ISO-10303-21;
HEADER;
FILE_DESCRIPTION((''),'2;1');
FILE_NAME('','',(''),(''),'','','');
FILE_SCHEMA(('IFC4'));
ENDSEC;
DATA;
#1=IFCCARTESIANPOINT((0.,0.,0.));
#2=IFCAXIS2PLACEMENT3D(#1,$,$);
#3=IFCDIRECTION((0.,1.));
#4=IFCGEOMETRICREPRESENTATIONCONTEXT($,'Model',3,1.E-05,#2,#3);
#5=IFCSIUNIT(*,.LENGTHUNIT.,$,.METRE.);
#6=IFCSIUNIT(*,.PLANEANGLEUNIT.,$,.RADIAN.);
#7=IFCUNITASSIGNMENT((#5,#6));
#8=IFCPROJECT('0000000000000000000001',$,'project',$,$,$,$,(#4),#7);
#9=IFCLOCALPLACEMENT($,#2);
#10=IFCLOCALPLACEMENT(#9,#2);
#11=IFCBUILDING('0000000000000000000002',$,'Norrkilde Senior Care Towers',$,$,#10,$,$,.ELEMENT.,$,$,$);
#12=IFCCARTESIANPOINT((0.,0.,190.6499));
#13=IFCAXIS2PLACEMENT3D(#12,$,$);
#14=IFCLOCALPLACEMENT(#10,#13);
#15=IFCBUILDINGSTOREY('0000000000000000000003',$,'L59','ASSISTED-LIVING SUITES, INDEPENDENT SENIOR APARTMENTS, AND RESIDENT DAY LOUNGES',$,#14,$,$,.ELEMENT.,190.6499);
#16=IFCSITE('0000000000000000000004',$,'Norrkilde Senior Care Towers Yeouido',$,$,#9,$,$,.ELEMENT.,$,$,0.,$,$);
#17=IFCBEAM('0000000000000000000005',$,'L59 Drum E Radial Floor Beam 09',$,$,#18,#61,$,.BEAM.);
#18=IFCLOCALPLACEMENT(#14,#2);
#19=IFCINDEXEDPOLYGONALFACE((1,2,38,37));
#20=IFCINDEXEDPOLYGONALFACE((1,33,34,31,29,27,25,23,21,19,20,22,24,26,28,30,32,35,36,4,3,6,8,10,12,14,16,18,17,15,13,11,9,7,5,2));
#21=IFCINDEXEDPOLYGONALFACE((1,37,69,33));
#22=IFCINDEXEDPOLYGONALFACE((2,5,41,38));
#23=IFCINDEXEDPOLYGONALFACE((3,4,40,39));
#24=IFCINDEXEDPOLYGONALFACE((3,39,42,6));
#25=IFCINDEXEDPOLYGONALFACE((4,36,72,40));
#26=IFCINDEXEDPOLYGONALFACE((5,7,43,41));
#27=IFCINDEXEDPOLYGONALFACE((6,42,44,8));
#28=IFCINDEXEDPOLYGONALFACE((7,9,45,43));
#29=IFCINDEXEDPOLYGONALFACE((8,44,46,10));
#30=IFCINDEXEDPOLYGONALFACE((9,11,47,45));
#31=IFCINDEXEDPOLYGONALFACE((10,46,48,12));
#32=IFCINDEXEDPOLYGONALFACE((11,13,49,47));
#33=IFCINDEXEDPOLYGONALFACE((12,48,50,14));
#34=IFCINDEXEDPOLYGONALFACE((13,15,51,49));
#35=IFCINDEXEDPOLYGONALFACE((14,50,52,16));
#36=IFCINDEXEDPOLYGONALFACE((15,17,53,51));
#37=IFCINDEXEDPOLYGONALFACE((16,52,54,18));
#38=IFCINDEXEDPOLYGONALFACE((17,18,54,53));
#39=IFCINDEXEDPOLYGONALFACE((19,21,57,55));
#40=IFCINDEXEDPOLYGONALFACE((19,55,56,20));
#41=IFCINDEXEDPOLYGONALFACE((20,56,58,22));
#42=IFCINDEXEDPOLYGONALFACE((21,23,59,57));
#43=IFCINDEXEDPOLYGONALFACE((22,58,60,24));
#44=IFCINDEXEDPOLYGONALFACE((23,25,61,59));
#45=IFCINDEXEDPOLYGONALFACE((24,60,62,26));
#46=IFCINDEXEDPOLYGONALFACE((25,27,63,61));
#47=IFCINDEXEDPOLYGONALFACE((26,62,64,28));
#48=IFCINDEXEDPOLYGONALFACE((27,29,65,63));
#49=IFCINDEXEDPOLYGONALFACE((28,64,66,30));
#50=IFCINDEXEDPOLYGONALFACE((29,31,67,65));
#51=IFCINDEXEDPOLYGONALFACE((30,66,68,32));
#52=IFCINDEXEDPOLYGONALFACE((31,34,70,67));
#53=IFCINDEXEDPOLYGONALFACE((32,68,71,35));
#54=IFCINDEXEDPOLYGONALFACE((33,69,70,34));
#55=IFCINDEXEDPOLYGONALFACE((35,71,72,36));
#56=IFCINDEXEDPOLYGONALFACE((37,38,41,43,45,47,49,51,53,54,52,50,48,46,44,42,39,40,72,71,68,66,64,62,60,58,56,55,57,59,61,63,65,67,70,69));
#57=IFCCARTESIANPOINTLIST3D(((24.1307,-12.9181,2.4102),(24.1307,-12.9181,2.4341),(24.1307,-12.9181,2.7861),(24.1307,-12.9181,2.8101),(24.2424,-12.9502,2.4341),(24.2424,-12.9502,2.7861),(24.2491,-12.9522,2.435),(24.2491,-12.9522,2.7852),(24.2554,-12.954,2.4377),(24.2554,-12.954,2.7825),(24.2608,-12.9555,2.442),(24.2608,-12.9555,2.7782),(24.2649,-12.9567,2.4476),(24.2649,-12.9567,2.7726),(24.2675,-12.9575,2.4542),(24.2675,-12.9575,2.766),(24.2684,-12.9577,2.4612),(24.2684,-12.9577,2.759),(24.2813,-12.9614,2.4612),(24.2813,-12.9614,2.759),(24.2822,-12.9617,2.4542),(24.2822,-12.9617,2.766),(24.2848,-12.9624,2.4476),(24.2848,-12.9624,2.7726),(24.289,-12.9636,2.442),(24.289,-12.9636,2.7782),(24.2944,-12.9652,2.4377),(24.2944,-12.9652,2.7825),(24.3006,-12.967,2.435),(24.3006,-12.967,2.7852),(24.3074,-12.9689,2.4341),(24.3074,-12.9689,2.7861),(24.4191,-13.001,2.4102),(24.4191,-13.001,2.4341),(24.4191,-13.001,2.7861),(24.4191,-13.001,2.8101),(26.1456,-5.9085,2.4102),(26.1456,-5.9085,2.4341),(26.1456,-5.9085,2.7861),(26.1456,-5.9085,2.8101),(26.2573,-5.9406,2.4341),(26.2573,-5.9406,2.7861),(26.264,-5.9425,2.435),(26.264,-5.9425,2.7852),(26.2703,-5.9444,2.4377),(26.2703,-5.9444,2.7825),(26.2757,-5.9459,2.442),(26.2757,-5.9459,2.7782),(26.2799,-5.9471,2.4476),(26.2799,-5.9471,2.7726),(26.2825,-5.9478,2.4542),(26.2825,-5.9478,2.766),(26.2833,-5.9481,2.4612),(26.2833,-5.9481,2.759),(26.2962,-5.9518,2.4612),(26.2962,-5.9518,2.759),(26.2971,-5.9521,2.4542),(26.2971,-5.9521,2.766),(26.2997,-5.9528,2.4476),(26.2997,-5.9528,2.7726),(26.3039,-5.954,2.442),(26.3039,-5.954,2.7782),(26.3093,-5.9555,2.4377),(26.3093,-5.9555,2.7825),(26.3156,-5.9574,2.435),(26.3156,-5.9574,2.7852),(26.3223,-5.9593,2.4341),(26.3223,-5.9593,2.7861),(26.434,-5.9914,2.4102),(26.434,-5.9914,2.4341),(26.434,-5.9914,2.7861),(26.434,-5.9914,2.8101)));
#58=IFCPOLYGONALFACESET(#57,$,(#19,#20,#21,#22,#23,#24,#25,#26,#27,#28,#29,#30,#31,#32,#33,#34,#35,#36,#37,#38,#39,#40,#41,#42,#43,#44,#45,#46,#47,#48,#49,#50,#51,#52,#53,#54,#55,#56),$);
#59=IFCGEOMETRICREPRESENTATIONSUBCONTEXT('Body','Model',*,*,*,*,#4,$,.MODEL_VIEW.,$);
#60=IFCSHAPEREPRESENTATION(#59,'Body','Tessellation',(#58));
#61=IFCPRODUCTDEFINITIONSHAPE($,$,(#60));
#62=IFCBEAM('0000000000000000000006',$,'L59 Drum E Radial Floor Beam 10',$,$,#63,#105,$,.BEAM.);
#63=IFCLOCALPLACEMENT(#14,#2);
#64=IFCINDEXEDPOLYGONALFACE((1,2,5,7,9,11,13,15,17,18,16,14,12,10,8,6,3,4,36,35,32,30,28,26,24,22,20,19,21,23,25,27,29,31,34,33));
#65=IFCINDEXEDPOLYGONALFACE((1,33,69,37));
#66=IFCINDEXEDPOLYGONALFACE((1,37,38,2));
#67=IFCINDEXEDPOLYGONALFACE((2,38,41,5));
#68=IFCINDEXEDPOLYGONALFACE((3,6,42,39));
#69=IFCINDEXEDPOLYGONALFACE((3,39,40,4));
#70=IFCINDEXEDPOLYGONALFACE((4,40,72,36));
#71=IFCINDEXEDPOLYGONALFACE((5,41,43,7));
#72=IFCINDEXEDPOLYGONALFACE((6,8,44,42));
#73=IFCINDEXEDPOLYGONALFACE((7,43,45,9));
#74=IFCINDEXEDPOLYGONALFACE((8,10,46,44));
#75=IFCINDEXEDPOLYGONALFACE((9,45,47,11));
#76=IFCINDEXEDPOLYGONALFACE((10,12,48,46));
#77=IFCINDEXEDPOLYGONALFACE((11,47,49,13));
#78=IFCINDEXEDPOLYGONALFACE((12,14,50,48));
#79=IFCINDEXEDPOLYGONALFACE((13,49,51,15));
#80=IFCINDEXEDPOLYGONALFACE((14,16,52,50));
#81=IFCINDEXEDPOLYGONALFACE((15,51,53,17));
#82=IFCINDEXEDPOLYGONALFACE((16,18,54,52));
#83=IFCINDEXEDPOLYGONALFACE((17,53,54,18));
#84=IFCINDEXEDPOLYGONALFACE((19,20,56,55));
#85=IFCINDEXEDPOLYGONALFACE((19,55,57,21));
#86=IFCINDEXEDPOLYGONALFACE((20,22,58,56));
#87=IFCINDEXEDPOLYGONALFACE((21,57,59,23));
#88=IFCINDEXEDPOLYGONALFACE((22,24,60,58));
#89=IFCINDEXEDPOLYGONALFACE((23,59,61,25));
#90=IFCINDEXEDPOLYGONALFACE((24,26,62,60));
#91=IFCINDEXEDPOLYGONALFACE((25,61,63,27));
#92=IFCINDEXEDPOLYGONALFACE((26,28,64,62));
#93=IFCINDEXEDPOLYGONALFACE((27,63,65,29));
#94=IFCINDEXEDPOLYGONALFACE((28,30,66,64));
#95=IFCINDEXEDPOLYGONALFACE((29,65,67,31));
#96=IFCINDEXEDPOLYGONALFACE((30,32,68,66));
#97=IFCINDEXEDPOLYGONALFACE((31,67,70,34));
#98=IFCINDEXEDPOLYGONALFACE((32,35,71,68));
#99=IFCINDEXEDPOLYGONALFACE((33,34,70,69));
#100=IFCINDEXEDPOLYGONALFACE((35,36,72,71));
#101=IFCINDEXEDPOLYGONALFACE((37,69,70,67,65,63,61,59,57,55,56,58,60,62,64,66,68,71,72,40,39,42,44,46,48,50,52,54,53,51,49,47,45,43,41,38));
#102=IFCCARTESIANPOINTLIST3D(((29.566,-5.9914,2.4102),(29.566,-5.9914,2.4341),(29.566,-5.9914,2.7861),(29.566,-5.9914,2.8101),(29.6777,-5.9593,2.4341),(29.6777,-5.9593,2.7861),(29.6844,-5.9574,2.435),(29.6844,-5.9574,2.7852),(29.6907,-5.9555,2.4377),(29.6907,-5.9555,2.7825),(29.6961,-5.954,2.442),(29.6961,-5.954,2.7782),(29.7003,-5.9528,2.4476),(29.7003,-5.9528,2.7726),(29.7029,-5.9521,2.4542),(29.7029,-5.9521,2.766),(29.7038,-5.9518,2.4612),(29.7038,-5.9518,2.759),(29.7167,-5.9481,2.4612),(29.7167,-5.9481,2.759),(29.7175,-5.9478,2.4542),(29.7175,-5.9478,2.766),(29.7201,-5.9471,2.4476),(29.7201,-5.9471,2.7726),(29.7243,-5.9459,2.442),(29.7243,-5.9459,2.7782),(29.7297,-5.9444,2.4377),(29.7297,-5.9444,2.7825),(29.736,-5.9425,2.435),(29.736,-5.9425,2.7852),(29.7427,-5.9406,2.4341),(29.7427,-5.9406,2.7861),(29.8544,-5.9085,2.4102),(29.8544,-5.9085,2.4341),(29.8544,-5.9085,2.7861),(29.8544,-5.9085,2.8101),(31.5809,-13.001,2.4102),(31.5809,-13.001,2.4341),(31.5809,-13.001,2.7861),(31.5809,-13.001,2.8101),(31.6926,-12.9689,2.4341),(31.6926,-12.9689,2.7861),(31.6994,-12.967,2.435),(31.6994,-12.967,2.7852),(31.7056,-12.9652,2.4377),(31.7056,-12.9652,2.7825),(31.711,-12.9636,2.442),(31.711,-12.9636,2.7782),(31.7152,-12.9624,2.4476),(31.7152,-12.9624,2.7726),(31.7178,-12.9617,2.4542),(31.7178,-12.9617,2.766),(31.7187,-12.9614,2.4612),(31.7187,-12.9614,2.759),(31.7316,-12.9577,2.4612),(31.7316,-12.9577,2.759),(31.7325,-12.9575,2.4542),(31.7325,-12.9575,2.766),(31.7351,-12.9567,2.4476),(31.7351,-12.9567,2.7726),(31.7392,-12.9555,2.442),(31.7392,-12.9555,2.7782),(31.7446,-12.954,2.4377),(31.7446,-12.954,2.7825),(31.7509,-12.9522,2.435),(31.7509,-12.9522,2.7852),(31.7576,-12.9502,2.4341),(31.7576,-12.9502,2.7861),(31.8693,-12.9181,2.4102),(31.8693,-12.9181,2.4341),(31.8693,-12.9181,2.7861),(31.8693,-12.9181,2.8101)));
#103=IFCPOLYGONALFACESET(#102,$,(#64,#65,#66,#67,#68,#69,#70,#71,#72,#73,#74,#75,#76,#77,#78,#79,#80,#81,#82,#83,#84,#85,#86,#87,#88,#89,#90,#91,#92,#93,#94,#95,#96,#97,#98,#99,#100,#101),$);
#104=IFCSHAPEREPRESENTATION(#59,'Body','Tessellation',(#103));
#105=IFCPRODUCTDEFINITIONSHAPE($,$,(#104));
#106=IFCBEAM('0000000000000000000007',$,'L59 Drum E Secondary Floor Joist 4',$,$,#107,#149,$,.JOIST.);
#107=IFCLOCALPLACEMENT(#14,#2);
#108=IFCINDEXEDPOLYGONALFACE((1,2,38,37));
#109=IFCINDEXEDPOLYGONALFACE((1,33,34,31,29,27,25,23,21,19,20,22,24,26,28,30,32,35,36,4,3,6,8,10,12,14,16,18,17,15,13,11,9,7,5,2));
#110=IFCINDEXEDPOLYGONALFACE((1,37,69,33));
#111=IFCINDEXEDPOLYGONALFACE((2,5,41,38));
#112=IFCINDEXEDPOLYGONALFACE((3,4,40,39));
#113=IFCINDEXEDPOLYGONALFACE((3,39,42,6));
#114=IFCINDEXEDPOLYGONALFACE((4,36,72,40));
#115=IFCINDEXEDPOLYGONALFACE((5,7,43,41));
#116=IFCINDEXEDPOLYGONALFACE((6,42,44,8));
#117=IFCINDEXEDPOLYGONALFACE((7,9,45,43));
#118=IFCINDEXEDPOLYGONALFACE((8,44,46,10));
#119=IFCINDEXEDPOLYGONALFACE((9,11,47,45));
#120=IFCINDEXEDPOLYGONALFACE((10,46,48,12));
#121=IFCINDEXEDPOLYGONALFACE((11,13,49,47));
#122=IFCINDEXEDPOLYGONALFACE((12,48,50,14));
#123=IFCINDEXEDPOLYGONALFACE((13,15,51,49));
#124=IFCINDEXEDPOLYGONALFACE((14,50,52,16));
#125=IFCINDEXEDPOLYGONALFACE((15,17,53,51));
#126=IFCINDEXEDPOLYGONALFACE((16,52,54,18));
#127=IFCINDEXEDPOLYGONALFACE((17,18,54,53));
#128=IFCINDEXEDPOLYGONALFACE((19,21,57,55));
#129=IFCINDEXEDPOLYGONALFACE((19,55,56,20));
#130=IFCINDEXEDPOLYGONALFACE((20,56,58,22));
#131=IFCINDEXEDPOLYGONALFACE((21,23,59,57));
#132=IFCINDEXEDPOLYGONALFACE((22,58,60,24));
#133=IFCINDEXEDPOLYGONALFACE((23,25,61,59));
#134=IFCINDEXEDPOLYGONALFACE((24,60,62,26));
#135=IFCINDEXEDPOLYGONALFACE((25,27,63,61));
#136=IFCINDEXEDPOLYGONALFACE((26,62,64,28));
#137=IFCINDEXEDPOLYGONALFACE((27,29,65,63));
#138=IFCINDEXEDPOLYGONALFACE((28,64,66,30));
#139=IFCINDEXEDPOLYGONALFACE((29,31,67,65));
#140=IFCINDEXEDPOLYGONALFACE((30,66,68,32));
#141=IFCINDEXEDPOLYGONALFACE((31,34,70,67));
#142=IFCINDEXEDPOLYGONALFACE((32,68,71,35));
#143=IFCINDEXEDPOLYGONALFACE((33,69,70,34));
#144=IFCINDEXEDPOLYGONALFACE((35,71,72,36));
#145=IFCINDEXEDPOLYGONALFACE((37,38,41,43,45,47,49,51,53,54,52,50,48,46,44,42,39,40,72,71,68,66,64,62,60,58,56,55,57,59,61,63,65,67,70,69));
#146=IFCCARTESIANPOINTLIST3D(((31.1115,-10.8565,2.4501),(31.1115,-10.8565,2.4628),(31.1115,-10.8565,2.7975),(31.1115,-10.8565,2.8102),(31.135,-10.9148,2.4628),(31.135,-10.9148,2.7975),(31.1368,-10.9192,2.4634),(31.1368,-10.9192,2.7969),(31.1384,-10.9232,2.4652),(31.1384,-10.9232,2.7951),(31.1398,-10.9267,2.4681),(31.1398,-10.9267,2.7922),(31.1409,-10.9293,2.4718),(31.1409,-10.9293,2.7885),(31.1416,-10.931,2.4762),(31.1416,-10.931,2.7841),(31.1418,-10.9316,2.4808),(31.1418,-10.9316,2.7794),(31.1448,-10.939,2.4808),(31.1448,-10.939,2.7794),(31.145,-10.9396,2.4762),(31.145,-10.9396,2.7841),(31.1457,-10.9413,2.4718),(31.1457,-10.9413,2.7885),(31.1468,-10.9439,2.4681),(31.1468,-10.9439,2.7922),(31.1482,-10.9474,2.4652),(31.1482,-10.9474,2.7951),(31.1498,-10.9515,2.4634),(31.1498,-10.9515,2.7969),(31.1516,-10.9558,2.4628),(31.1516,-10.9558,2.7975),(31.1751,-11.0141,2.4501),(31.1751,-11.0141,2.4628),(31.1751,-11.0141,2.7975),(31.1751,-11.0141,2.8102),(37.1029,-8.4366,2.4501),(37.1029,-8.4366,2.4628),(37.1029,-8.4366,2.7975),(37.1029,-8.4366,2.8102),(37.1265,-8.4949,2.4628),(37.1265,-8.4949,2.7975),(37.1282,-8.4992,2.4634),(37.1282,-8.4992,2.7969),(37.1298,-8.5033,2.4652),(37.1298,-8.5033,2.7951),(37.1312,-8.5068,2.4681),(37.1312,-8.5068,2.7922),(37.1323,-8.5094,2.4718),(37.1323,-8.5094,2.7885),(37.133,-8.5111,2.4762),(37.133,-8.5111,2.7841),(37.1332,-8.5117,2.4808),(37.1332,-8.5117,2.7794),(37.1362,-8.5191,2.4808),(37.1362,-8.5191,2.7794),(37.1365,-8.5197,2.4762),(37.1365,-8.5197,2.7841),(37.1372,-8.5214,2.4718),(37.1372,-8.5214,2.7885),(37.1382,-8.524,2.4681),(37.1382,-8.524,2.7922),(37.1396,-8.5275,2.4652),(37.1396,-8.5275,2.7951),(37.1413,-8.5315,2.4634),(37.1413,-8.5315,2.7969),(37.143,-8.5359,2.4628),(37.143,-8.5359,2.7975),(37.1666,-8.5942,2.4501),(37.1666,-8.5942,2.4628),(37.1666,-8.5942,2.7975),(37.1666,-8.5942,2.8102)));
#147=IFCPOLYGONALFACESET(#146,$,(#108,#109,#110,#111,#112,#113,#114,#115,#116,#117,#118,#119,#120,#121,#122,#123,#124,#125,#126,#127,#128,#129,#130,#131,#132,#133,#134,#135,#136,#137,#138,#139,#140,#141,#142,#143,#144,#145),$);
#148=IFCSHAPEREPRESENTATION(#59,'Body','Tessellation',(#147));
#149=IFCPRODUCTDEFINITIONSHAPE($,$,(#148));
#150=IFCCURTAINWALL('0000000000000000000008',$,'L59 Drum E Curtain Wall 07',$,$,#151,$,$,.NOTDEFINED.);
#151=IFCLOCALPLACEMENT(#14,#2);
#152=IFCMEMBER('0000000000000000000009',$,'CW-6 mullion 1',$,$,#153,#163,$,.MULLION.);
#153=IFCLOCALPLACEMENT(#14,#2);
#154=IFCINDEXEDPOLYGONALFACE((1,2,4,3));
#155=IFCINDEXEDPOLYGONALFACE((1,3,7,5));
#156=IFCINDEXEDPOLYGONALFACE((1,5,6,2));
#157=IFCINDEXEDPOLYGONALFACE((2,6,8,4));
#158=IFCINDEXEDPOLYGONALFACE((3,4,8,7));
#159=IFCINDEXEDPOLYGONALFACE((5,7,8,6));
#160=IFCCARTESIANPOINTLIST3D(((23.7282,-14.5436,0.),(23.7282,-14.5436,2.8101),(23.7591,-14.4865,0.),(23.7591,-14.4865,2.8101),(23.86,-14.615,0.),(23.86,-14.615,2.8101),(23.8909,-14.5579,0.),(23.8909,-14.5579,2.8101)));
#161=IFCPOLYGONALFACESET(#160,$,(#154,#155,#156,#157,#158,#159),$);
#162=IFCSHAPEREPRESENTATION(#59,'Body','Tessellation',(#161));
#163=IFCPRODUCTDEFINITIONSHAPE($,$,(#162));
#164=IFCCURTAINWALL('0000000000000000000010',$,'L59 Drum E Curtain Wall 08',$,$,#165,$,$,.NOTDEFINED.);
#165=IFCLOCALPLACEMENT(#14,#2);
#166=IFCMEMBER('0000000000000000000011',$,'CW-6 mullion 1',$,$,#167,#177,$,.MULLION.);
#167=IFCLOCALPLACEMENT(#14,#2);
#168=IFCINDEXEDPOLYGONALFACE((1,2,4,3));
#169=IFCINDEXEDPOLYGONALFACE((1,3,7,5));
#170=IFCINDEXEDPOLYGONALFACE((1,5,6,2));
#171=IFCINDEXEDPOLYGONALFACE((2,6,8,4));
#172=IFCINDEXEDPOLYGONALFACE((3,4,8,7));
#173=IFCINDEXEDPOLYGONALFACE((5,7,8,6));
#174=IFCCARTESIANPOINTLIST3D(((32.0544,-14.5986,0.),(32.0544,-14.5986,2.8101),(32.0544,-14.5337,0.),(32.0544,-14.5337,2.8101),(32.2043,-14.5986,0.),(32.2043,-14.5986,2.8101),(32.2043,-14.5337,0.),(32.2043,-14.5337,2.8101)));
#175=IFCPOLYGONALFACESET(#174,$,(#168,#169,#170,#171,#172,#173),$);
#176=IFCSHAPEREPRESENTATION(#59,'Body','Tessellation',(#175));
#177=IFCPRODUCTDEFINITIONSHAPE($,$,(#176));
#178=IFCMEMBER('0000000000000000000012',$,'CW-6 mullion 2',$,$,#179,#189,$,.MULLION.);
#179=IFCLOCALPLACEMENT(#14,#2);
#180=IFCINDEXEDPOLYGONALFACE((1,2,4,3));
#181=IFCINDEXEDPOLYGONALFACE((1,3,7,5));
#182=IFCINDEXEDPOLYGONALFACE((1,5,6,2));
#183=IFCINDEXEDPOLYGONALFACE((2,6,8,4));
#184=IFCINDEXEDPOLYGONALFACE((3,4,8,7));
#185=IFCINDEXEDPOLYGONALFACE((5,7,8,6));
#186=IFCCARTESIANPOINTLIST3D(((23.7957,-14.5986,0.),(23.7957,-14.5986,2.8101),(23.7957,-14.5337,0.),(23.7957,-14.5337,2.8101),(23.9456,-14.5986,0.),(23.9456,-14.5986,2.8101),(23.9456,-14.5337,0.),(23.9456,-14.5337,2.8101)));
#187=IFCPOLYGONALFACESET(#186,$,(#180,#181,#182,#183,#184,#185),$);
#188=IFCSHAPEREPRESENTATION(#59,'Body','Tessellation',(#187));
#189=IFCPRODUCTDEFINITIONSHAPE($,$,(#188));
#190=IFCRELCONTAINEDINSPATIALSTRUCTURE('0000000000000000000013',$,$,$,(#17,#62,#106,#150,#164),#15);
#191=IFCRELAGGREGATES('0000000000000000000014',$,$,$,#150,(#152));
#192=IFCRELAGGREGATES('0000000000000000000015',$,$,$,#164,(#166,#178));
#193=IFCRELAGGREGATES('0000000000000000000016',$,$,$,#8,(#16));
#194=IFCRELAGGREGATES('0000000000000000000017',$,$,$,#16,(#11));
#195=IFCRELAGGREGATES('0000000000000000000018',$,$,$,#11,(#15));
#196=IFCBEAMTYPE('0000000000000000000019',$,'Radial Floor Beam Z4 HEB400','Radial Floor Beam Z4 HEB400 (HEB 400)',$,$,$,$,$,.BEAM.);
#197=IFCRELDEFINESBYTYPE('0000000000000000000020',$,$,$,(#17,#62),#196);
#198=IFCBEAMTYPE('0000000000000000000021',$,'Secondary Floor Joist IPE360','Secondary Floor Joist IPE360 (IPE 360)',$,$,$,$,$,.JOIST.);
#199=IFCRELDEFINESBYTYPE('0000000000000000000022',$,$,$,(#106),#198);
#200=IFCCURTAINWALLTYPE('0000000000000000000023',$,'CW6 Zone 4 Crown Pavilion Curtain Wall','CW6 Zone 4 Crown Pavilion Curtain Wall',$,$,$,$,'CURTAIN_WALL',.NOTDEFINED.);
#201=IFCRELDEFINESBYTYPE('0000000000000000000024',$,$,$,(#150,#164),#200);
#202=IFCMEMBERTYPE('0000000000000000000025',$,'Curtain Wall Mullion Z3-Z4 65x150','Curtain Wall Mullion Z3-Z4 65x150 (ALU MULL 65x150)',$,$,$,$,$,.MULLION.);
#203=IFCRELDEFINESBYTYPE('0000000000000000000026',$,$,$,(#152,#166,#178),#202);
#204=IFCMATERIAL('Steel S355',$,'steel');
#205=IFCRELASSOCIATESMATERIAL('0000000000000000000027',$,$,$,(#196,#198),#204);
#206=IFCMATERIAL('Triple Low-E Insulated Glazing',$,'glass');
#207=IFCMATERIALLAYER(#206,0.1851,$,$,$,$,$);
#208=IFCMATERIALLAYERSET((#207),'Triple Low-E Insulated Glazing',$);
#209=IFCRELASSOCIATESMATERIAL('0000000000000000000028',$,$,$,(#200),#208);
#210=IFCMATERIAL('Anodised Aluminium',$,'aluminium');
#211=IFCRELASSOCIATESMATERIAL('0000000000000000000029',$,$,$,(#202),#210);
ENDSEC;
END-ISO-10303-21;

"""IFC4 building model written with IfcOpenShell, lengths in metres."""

from ifc_helpers import new_model, si_unit, direction, frame, origin, origin_2d, place, context, subcontext, project, spatial, rectangle, i_section, extrude, source, transform, mapped, material, layer, layer_set, material_profile, profile_set, type_object, type_shapes, element, aggregate, save


model = new_model("IFC4")

# Units and contexts
model_context = context("Model", 3, precision=1e-05, world=origin(), true_north=direction((0.0, 1.0)))
body_context = subcontext(model_context, "Body", "Model", "MODEL_VIEW")
ifc_project = project(units=[si_unit("LENGTHUNIT", "METRE"), si_unit("PLANEANGLEUNIT", "RADIAN")], contexts=[model_context])

# Site, building, storey
site_placement = place(None, origin())
site = spatial("IfcSite", under=ifc_project, at=site_placement, Name="Norrkilde Senior Care Towers Yeouido", CompositionType="ELEMENT", RefElevation=0.0)
building_placement = place(site_placement, origin())
building = spatial("IfcBuilding", under=site, at=building_placement, Name="Norrkilde Senior Care Towers", CompositionType="ELEMENT")
storey_placement = place(building_placement, frame((0.0, 0.0, 190.6499)))
storey = spatial("IfcBuildingStorey", under=building, at=storey_placement, Name="L59", Description="ASSISTED-LIVING SUITES, INDEPENDENT SENIOR APARTMENTS, AND RESIDENT DAY LOUNGES", CompositionType="ELEMENT", Elevation=190.6499)

# Beams
ifc_material_1 = material(Name="Steel S355", Category="steel")
ifc_material_profile_1 = material_profile(ifc_material_1, i_section(OverallWidth=0.3, OverallDepth=0.3999, WebThickness=0.0134, FlangeThickness=0.0239, FilletRadius=0.0271, at=origin_2d()), Name="HEB 400")
ifc_profile_set_1 = profile_set([ifc_material_profile_1], Name="Steel S355")
beam_type_1 = type_object("IfcBeamType", Name="Radial Floor Beam Z4 HEB400", Description="Radial Floor Beam Z4 HEB400 (HEB 400)", PredefinedType="BEAM", material=ifc_profile_set_1)
shared_shape_1 = source(origin(), body_context, "Body", "SweptSolid", [
    extrude(i_section(OverallWidth=0.3, OverallDepth=0.3999, WebThickness=0.0134, FlangeThickness=0.0239, FilletRadius=0.0271, at=origin_2d()), origin(), (0.0, 0.0, 1.0), 7.2935),
])
type_shapes(beam_type_1, [shared_shape_1])
for number, where, z_axis, x_axis, name in (
    (1, (26.2898, -5.95, 2.6101), (-0.276264, -0.961082, 0.0), (0.961082, -0.276264, 0.0), "L59 Drum E Radial Floor Beam 09"),
    (2, (29.7102, -5.95, 2.6101), (0.276264, -0.961082, 0.0), (0.961082, 0.276264, 0.0), "L59 Drum E Radial Floor Beam 10"),
):
    element("IfcBeam", number, at=place(storey_placement, frame(where, z_axis=z_axis, x_axis=x_axis)), inside=storey, type_object=beam_type_1, Name=name, PredefinedType="BEAM", context=body_context, shape_type="MappedRepresentation", body=[
        mapped(shared_shape_1, transform((0.0, 0.0, 0.0), x_axis=(1.0, 0.0, 0.0), y_axis=(0.0, 1.0, 0.0), z_axis=(0.0, 0.0, 1.0), scale=1.0)),
    ])
ifc_material_profile_2 = material_profile(ifc_material_1, i_section(OverallWidth=0.1699, OverallDepth=0.3601, WebThickness=0.0081, FlangeThickness=0.0127, FilletRadius=0.0181, at=origin_2d()), Name="IPE 360")
ifc_profile_set_2 = profile_set([ifc_material_profile_2], Name="Steel S355")
beam_type_2 = type_object("IfcBeamType", Name="Secondary Floor Joist IPE360", Description="Secondary Floor Joist IPE360 (IPE 360)", PredefinedType="JOIST", material=ifc_profile_set_2)
shared_shape_2 = source(origin(), body_context, "Body", "SweptSolid", [
    extrude(i_section(OverallWidth=0.1699, OverallDepth=0.3601, WebThickness=0.0081, FlangeThickness=0.0127, FilletRadius=0.0181, at=origin_2d()), origin(), (0.0, 0.0, 1.0), 6.4617),
])
type_shapes(beam_type_2, [shared_shape_2])
beam_1_placement = place(storey_placement, frame((31.1433, -10.9353, 2.6301), z_axis=(0.927226, 0.374502, 0.0), x_axis=(-0.374502, 0.927226, 0.0)))
element("IfcBeam", 3, at=beam_1_placement, inside=storey, type_object=beam_type_2, Name="L59 Drum E Secondary Floor Joist 4", PredefinedType="JOIST", context=body_context, shape_type="MappedRepresentation", body=[
    mapped(shared_shape_2, transform((0.0, 0.0, 0.0), x_axis=(1.0, 0.0, 0.0), y_axis=(0.0, 1.0, 0.0), z_axis=(0.0, 0.0, 1.0), scale=1.0)),
])

# Curtain wall, member
ifc_material_2 = material(Name="Triple Low-E Insulated Glazing", Category="glass")
ifc_layer_1 = layer(ifc_material_2, 0.1851)
ifc_layer_set_1 = layer_set([ifc_layer_1], Name="Triple Low-E Insulated Glazing")
curtain_wall_type = type_object("IfcCurtainWallType", Name="CW6 Zone 4 Crown Pavilion Curtain Wall", Description="CW6 Zone 4 Crown Pavilion Curtain Wall", ElementType="CURTAIN_WALL", PredefinedType="NOTDEFINED", material=ifc_layer_set_1)
curtain_wall_1_placement = place(storey_placement, origin())
curtain_wall_1 = element("IfcCurtainWall", 4, at=curtain_wall_1_placement, inside=storey, type_object=curtain_wall_type, Name="L59 Drum E Curtain Wall 07", PredefinedType="NOTDEFINED")
ifc_material_3 = material(Name="Anodised Aluminium", Category="aluminium")
ifc_material_profile_3 = material_profile(ifc_material_3, rectangle(XDim=0.0649, YDim=0.1499, at=origin_2d()), Name="ALU MULL 65x150")
ifc_profile_set_3 = profile_set([ifc_material_profile_3], Name="Anodised Aluminium")
member_type_1 = type_object("IfcMemberType", Name="Curtain Wall Mullion Z3-Z4 65x150", Description="Curtain Wall Mullion Z3-Z4 65x150 (ALU MULL 65x150)", PredefinedType="MULLION", material=ifc_profile_set_3)
shared_shape_3 = source(origin(), body_context, "Body", "SweptSolid", [
    extrude(rectangle(XDim=0.0649, YDim=0.1499, at=origin_2d()), origin(), (0.0, 0.0, 1.0), 2.8101),
])
type_shapes(member_type_1, [shared_shape_3])
member_1_placement = place(storey_placement, frame((23.8096, -14.5508, 0.0), z_axis=(0.0, 0.0, 1.0), x_axis=(-0.476133, -0.879373, 0.0)))
member_1 = element("IfcMember", 5, at=member_1_placement, type_object=member_type_1, Name="CW-6 mullion 1", PredefinedType="MULLION", context=body_context, shape_type="MappedRepresentation", body=[
    mapped(shared_shape_3, transform((0.0, 0.0, 0.0), x_axis=(1.0, 0.0, 0.0), y_axis=(0.0, 1.0, 0.0), z_axis=(0.0, 0.0, 1.0), scale=1.0)),
])
aggregate(curtain_wall_1, [member_1])

# Curtain wall, members
curtain_wall_2_placement = place(storey_placement, origin())
curtain_wall_2 = element("IfcCurtainWall", 6, at=curtain_wall_2_placement, inside=storey, type_object=curtain_wall_type, Name="L59 Drum E Curtain Wall 08", PredefinedType="NOTDEFINED")
member_2_placement = place(storey_placement, frame((32.1294, -14.5662, 0.0), z_axis=(0.0, 0.0, 1.0), x_axis=(0.0, -1.0, 0.0)))
member_2 = element("IfcMember", 7, at=member_2_placement, type_object=member_type_1, Name="CW-6 mullion 1", PredefinedType="MULLION", context=body_context, shape_type="MappedRepresentation", body=[
    mapped(shared_shape_3, transform((0.0, 0.0, 0.0), x_axis=(1.0, 0.0, 0.0), y_axis=(0.0, 1.0, 0.0), z_axis=(0.0, 0.0, 1.0), scale=1.0)),
])
member_3_placement = place(storey_placement, frame((23.8706, -14.5662, 0.0), z_axis=(0.0, 0.0, 1.0), x_axis=(0.0, -1.0, 0.0)))
member_3 = element("IfcMember", 8, at=member_3_placement, type_object=member_type_1, Name="CW-6 mullion 2", PredefinedType="MULLION", context=body_context, shape_type="MappedRepresentation", body=[
    mapped(shared_shape_3, transform((0.0, 0.0, 0.0), x_axis=(1.0, 0.0, 0.0), y_axis=(0.0, 1.0, 0.0), z_axis=(0.0, 0.0, 1.0), scale=1.0)),
])

aggregate(curtain_wall_2, [member_2, member_3])

save(model, "model.ifc")
